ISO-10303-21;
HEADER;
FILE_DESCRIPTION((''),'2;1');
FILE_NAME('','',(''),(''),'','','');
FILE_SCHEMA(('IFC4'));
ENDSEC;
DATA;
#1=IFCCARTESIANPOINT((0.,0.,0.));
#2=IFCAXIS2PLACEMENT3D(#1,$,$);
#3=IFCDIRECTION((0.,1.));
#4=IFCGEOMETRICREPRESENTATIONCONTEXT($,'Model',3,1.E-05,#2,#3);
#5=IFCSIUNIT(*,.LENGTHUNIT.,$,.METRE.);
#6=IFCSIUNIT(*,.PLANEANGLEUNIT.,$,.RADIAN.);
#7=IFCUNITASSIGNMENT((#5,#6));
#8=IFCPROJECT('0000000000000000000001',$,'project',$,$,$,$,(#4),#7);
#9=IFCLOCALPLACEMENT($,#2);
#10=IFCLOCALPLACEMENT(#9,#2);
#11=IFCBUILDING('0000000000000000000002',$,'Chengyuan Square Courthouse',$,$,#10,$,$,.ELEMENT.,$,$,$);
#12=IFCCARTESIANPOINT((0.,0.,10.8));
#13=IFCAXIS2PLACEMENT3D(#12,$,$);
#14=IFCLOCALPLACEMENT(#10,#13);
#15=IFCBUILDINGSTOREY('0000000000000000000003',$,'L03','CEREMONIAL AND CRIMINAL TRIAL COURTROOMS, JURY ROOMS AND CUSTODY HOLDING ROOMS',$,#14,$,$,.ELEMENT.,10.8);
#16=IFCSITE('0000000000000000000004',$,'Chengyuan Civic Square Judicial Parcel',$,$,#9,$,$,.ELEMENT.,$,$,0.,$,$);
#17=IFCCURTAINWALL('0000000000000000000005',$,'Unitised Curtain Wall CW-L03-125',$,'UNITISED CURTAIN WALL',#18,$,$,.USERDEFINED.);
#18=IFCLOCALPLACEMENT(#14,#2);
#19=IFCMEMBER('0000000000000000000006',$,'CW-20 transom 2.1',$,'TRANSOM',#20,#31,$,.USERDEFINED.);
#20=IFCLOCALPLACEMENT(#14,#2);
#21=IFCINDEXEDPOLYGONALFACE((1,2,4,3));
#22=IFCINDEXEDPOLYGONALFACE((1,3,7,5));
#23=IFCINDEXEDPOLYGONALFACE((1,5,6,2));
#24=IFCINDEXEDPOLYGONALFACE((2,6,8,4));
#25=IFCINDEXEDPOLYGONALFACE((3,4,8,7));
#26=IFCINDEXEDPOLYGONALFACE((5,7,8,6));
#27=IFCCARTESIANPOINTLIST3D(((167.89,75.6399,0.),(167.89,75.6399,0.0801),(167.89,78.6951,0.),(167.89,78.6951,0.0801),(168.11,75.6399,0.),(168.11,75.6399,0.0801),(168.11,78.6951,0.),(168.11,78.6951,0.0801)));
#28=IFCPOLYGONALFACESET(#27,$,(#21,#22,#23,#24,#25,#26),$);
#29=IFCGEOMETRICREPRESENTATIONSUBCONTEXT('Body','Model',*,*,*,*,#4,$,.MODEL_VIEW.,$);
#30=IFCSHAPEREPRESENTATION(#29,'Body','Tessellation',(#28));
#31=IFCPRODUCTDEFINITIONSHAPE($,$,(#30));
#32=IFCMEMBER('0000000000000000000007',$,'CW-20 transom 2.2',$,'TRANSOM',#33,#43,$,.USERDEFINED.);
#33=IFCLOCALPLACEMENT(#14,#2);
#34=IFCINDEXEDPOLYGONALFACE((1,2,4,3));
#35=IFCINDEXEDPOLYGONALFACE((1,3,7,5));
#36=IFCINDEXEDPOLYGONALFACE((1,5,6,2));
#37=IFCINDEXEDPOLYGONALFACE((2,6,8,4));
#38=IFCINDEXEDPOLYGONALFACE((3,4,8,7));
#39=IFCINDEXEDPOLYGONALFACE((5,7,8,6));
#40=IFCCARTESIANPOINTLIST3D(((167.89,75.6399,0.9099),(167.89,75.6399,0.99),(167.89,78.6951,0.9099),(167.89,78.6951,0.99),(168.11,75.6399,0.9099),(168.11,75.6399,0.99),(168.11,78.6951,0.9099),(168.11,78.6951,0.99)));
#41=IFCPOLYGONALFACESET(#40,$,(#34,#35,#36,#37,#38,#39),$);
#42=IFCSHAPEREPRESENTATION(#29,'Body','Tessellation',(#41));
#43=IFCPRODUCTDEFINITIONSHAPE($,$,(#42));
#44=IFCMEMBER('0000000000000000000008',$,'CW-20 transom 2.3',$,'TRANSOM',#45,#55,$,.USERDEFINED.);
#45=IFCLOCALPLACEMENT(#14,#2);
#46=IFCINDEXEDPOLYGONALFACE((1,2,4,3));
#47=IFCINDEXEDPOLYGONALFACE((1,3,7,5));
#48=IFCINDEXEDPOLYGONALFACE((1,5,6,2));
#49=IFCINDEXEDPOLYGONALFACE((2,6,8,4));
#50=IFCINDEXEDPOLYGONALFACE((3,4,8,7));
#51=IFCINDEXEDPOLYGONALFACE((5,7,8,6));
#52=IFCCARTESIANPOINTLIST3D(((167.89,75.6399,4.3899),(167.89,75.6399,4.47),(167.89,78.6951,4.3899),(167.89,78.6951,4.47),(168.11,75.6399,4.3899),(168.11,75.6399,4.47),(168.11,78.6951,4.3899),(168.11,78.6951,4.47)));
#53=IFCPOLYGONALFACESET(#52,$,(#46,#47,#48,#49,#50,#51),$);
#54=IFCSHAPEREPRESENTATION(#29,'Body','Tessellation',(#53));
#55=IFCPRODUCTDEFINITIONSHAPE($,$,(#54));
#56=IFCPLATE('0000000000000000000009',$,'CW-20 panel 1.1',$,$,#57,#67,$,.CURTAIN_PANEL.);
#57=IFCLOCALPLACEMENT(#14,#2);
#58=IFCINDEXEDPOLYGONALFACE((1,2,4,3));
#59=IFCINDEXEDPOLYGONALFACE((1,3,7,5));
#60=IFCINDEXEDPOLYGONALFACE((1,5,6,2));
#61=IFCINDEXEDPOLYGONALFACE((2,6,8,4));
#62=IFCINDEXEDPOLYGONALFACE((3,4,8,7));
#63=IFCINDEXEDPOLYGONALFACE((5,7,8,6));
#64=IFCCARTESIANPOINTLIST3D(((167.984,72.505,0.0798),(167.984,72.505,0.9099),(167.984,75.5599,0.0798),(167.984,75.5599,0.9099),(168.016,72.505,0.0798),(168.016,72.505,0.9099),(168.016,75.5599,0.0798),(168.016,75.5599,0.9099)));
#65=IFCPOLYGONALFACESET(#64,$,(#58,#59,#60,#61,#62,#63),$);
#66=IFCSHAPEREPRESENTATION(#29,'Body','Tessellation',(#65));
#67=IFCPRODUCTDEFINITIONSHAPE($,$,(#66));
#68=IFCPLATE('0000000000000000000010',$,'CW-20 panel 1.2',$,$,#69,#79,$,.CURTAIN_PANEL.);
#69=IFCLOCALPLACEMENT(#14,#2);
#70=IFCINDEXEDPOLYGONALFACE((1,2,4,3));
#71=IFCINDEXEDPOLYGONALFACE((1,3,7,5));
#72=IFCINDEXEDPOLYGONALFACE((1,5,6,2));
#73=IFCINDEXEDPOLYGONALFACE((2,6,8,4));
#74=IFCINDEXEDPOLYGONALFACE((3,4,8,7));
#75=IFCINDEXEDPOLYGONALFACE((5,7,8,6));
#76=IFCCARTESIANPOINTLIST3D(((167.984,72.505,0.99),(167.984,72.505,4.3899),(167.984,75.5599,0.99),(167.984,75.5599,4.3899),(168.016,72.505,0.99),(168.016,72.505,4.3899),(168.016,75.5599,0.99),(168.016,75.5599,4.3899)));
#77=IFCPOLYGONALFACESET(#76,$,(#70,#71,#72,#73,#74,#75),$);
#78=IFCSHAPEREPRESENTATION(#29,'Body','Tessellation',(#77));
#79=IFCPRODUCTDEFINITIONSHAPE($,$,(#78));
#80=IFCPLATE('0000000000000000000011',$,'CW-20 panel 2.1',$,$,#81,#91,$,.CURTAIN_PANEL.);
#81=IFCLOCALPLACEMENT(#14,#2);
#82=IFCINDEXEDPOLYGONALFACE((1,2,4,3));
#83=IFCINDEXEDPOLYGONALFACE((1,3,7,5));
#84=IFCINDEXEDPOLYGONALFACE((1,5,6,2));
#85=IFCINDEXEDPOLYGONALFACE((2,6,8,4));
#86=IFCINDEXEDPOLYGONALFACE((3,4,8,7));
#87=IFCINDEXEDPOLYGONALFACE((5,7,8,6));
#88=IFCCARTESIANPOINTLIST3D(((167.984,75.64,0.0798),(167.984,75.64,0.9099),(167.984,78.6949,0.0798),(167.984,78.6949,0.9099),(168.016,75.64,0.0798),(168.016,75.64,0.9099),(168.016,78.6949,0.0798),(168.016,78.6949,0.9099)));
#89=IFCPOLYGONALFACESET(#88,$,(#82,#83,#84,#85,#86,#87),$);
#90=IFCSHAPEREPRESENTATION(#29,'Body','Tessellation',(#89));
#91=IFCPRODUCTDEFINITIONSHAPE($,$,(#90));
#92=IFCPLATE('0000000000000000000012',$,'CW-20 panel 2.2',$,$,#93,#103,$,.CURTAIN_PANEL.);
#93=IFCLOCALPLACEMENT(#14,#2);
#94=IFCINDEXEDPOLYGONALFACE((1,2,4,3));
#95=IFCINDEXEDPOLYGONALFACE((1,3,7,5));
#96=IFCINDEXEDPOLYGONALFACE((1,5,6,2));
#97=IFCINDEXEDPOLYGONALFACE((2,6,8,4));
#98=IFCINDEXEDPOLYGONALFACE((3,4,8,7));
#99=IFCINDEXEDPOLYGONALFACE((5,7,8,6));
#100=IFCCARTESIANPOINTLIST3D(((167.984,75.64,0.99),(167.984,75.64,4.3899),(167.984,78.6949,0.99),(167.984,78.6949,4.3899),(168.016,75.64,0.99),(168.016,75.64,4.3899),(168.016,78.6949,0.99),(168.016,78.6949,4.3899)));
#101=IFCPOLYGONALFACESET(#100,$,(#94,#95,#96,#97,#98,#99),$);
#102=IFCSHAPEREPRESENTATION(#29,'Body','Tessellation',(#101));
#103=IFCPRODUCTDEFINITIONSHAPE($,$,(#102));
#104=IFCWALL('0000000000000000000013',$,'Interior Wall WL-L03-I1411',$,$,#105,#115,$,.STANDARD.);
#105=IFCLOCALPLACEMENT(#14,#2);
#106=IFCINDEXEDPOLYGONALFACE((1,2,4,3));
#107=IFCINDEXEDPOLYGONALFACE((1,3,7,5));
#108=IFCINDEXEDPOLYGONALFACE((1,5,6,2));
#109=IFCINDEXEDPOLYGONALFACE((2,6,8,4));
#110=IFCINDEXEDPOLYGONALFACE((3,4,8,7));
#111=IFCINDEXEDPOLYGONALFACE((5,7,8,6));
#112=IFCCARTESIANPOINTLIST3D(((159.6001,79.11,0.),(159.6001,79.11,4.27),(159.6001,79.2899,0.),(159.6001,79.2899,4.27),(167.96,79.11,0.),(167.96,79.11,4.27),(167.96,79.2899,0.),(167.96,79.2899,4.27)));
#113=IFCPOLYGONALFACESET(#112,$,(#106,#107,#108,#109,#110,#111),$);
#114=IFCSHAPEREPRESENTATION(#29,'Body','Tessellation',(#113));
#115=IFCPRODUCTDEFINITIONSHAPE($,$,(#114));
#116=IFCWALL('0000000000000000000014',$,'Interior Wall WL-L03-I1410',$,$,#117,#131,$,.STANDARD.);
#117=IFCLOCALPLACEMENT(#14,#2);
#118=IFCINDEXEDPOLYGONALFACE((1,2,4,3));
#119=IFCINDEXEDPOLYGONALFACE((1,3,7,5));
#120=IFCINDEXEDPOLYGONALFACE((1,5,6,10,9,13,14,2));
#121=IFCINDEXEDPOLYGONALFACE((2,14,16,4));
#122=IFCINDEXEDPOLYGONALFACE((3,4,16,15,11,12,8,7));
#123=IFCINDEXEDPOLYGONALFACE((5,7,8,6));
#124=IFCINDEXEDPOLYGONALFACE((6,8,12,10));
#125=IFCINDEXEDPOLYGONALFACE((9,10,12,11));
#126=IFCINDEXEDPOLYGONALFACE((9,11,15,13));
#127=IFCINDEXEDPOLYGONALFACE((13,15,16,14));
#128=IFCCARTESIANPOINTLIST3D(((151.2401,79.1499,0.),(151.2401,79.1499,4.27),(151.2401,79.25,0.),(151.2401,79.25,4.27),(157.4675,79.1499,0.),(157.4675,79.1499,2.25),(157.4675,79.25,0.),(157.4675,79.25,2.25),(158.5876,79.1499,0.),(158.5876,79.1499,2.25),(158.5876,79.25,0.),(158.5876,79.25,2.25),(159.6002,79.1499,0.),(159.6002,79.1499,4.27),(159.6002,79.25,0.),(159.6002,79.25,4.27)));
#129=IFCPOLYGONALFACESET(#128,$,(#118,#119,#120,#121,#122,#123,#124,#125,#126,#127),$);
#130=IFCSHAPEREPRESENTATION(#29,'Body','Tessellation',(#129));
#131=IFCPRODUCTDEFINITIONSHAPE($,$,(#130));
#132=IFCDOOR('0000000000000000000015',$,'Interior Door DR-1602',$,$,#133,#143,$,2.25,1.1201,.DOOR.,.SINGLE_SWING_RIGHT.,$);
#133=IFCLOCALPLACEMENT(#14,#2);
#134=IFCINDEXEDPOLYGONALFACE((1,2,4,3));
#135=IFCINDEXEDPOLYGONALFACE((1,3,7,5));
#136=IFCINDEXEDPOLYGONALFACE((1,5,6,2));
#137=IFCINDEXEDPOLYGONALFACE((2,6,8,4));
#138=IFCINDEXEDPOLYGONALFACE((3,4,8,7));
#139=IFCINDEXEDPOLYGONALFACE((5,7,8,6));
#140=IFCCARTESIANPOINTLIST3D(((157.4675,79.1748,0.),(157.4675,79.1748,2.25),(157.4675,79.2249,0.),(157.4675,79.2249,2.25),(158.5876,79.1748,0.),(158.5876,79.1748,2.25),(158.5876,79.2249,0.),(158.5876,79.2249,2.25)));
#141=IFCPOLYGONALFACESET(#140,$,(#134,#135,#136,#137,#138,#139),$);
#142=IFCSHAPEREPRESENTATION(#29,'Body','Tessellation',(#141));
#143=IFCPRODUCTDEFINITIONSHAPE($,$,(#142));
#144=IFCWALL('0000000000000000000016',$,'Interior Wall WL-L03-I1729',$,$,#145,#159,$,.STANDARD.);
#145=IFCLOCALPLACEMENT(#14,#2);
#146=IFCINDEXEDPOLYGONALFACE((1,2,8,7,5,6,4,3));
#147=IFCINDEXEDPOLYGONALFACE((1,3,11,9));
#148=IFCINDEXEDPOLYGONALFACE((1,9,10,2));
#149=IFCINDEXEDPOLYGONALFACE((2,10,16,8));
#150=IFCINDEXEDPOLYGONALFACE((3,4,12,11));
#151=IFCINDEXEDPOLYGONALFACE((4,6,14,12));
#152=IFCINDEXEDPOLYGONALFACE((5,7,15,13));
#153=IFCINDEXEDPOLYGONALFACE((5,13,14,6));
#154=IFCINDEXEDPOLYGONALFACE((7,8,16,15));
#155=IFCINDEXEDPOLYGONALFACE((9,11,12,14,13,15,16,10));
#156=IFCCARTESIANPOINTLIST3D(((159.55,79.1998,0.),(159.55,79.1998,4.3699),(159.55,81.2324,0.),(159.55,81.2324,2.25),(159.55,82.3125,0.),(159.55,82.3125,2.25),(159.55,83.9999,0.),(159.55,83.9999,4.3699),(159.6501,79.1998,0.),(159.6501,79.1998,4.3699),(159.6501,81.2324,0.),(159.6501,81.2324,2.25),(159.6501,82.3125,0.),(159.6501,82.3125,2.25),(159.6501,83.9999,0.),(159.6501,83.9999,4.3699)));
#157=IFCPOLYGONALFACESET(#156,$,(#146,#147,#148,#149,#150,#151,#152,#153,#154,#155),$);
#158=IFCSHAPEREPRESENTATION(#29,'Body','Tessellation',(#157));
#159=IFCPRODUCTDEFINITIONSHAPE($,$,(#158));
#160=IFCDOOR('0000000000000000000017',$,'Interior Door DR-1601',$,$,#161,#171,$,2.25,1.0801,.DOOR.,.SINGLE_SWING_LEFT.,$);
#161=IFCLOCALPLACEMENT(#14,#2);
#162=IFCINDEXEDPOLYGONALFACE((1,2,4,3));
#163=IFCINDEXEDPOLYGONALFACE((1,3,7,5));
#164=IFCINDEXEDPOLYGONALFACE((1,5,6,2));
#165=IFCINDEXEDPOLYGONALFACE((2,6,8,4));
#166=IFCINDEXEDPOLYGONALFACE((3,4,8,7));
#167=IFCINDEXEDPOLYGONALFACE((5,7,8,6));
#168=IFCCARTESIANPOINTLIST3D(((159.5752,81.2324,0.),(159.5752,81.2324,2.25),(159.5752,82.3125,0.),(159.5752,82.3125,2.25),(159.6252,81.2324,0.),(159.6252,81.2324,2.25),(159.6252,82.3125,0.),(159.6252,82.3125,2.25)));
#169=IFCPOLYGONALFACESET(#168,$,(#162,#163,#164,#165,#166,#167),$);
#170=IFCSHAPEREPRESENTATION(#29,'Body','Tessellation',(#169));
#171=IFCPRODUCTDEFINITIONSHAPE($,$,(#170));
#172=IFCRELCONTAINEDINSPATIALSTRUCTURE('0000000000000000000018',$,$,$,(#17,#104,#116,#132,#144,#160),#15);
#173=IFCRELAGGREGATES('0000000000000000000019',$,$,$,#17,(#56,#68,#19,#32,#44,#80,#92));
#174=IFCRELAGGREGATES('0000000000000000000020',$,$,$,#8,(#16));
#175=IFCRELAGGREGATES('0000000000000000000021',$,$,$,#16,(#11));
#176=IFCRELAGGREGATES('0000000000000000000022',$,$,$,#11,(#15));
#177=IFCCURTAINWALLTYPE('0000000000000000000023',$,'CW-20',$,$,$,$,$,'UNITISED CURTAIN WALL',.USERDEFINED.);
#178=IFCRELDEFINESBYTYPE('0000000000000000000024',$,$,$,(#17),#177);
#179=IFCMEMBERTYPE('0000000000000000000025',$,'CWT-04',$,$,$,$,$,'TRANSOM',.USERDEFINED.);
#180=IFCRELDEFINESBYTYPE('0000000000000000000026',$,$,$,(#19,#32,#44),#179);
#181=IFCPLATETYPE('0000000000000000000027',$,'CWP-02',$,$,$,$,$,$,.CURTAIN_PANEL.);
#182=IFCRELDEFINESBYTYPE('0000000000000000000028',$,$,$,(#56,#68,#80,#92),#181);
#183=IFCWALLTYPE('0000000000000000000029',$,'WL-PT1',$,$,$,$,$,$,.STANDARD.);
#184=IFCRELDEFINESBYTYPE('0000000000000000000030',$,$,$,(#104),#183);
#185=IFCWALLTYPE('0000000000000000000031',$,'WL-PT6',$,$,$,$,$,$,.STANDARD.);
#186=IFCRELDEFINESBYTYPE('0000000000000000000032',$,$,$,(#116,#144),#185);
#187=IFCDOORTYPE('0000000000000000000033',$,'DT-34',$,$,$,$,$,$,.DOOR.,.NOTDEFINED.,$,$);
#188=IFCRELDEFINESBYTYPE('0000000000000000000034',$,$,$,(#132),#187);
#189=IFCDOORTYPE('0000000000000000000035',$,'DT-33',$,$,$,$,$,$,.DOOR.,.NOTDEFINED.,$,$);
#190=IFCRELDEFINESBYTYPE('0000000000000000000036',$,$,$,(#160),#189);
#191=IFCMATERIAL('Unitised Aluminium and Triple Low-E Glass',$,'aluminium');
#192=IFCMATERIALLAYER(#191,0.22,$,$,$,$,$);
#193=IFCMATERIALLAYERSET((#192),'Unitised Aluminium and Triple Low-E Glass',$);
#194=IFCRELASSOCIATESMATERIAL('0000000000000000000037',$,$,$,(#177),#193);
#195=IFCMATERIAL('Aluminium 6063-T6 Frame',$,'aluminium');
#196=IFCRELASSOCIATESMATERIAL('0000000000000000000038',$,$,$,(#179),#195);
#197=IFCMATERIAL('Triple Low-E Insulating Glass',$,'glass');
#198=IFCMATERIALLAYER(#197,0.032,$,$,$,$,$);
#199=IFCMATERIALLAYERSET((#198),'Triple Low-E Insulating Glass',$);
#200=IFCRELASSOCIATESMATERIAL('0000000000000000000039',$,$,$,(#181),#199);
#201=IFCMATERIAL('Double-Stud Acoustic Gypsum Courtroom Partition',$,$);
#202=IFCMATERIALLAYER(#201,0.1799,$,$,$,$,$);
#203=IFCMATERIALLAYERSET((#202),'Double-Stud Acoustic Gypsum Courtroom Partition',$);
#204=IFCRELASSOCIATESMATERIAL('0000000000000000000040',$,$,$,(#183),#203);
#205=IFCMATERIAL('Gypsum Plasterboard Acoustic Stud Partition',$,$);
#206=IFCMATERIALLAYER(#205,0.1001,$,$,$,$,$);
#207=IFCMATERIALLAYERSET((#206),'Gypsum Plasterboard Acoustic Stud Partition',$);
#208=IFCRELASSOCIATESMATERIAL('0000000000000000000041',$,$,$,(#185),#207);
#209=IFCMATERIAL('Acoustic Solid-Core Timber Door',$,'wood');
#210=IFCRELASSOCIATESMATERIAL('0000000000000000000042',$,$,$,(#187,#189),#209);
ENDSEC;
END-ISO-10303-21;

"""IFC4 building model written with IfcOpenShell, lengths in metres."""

from ifc_helpers import new_model, si_unit, direction, frame, frame_2d, origin, origin_2d, place, context, subcontext, project, spatial, rectangle, extrude, material, layer, layer_set, material_profile, profile_set, type_object, element, fill, aggregate, save


model = new_model("IFC4")

# Units and contexts
model_context = context("Model", 3, precision=1e-05, world=origin(), true_north=direction((0.0, 1.0)))
body_context = subcontext(model_context, "Body", "Model", "MODEL_VIEW")
ifc_project = project(units=[si_unit("LENGTHUNIT", "METRE"), si_unit("PLANEANGLEUNIT", "RADIAN")], contexts=[model_context])

# Site, building, storey
site_placement = place(None, origin())
site = spatial("IfcSite", under=ifc_project, at=site_placement, Name="Chengyuan Civic Square Judicial Parcel", CompositionType="ELEMENT", RefElevation=0.0)
building_placement = place(site_placement, origin())
building = spatial("IfcBuilding", under=site, at=building_placement, Name="Chengyuan Square Courthouse", CompositionType="ELEMENT")
storey_placement = place(building_placement, frame((0.0, 0.0, 10.8)))
storey = spatial("IfcBuildingStorey", under=building, at=storey_placement, Name="L03", Description="CEREMONIAL AND CRIMINAL TRIAL COURTROOMS, JURY ROOMS AND CUSTODY HOLDING ROOMS", CompositionType="ELEMENT", Elevation=10.8)

# Curtain wall, members, plates
ifc_material_1 = material(Name="Unitised Aluminium and Triple Low-E Glass", Category="aluminium")
ifc_layer_1 = layer(ifc_material_1, 0.22)
ifc_layer_set_1 = layer_set([ifc_layer_1], Name="Unitised Aluminium and Triple Low-E Glass")
curtain_wall_type = type_object("IfcCurtainWallType", Name="CW-20", ElementType="UNITISED CURTAIN WALL", PredefinedType="USERDEFINED", material=ifc_layer_set_1)
curtain_wall_placement = place(storey_placement, origin())
curtain_wall = element("IfcCurtainWall", 1, at=curtain_wall_placement, inside=storey, type_object=curtain_wall_type, Name="Unitised Curtain Wall CW-L03-125", ObjectType="UNITISED CURTAIN WALL", PredefinedType="USERDEFINED")
ifc_material_2 = material(Name="Aluminium 6063-T6 Frame", Category="aluminium")
ifc_material_profile_1 = material_profile(ifc_material_2, rectangle(XDim=0.22, YDim=0.0801, at=origin_2d()), Name="CW-TRN-80x180")
ifc_profile_set_1 = profile_set([ifc_material_profile_1], Name="Aluminium 6063-T6 Frame")
member_type_1 = type_object("IfcMemberType", Name="CWT-04", ElementType="TRANSOM", PredefinedType="USERDEFINED", material=ifc_profile_set_1)
member_1_placement = place(storey_placement, frame((168.0, 75.6399, 0.04), z_axis=(0.0, 1.0, 0.0), x_axis=(-1.0, 0.0, 0.0)))
member_1 = element("IfcMember", 2, at=member_1_placement, type_object=member_type_1, Name="CW-20 transom 2.1", ObjectType="TRANSOM", PredefinedType="USERDEFINED", context=body_context, shape_type="SweptSolid", body=[
    extrude(rectangle(XDim=0.22, YDim=0.0801, at=origin_2d()), origin(), (0.0, 0.0, 1.0), 3.0552),
])
member_2_placement = place(storey_placement, frame((168.0, 75.6399, 0.95), z_axis=(0.0, 1.0, 0.0), x_axis=(-1.0, 0.0, 0.0)))
member_2 = element("IfcMember", 3, at=member_2_placement, type_object=member_type_1, Name="CW-20 transom 2.2", ObjectType="TRANSOM", PredefinedType="USERDEFINED", context=body_context, shape_type="SweptSolid", body=[
    extrude(rectangle(XDim=0.22, YDim=0.0801, at=origin_2d()), origin(), (0.0, 0.0, 1.0), 3.0552),
])
member_3_placement = place(storey_placement, frame((168.0, 75.6399, 4.4299), z_axis=(0.0, 1.0, 0.0), x_axis=(-1.0, 0.0, 0.0)))
member_3 = element("IfcMember", 4, at=member_3_placement, type_object=member_type_1, Name="CW-20 transom 2.3", ObjectType="TRANSOM", PredefinedType="USERDEFINED", context=body_context, shape_type="SweptSolid", body=[
    extrude(rectangle(XDim=0.22, YDim=0.0801, at=origin_2d()), origin(), (0.0, 0.0, 1.0), 3.0552),
])
ifc_material_3 = material(Name="Triple Low-E Insulating Glass", Category="glass")
ifc_layer_2 = layer(ifc_material_3, 0.032)
ifc_layer_set_2 = layer_set([ifc_layer_2], Name="Triple Low-E Insulating Glass")
plate_type = type_object("IfcPlateType", Name="CWP-02", PredefinedType="CURTAIN_PANEL", material=ifc_layer_set_2)
plate_1_placement = place(storey_placement, frame((168.0, 74.0325, 0.0798), z_axis=(0.0, 0.0, 1.0), x_axis=(0.0, 1.0, 0.0)))
plate_1 = element("IfcPlate", 5, at=plate_1_placement, type_object=plate_type, Name="CW-20 panel 1.1", PredefinedType="CURTAIN_PANEL", context=body_context, shape_type="SweptSolid", body=[
    extrude(rectangle(XDim=3.0549, YDim=0.032, at=origin_2d()), origin(), (0.0, 0.0, 1.0), 0.8301),
])
plate_2_placement = place(storey_placement, frame((168.0, 74.0325, 0.99), z_axis=(0.0, 0.0, 1.0), x_axis=(0.0, 1.0, 0.0)))
plate_2 = element("IfcPlate", 6, at=plate_2_placement, type_object=plate_type, Name="CW-20 panel 1.2", PredefinedType="CURTAIN_PANEL", context=body_context, shape_type="SweptSolid", body=[
    extrude(rectangle(XDim=3.0549, YDim=0.032, at=origin_2d()), origin(), (0.0, 0.0, 1.0), 3.3999),
])
plate_3_placement = place(storey_placement, frame((168.0, 77.1675, 0.0798), z_axis=(0.0, 0.0, 1.0), x_axis=(0.0, 1.0, 0.0)))
plate_3 = element("IfcPlate", 7, at=plate_3_placement, type_object=plate_type, Name="CW-20 panel 2.1", PredefinedType="CURTAIN_PANEL", context=body_context, shape_type="SweptSolid", body=[
    extrude(rectangle(XDim=3.0549, YDim=0.032, at=origin_2d()), origin(), (0.0, 0.0, 1.0), 0.8301),
])
plate_4_placement = place(storey_placement, frame((168.0, 77.1675, 0.99), z_axis=(0.0, 0.0, 1.0), x_axis=(0.0, 1.0, 0.0)))
plate_4 = element("IfcPlate", 8, at=plate_4_placement, type_object=plate_type, Name="CW-20 panel 2.2", PredefinedType="CURTAIN_PANEL", context=body_context, shape_type="SweptSolid", body=[
    extrude(rectangle(XDim=3.0549, YDim=0.032, at=origin_2d()), origin(), (0.0, 0.0, 1.0), 3.3999),
])
aggregate(curtain_wall, [plate_1, plate_2, member_1, member_2, member_3, plate_3, plate_4])

# Wall
ifc_material_4 = material(Name="Double-Stud Acoustic Gypsum Courtroom Partition")
ifc_layer_3 = layer(ifc_material_4, 0.1799)
ifc_layer_set_3 = layer_set([ifc_layer_3], Name="Double-Stud Acoustic Gypsum Courtroom Partition")
wall_type_1 = type_object("IfcWallType", Name="WL-PT1", PredefinedType="STANDARD", material=ifc_layer_set_3)
wall_1_placement = place(storey_placement, frame((159.6001, 79.2, 0.0), z_axis=(0.0, 0.0, 1.0), x_axis=(1.0, 0.0, 0.0)))
element("IfcWall", 9, at=wall_1_placement, inside=storey, type_object=wall_type_1, Name="Interior Wall WL-L03-I1411", PredefinedType="STANDARD", context=body_context, shape_type="SweptSolid", body=[
    extrude(rectangle(XDim=8.3599, YDim=0.1799, at=frame_2d((4.1799, 0.0))), origin(), (0.0, 0.0, 1.0), 4.27),
])

# Walls, openings, doors
ifc_material_5 = material(Name="Gypsum Plasterboard Acoustic Stud Partition")
ifc_layer_4 = layer(ifc_material_5, 0.1001)
ifc_layer_set_4 = layer_set([ifc_layer_4], Name="Gypsum Plasterboard Acoustic Stud Partition")
wall_type_2 = type_object("IfcWallType", Name="WL-PT6", PredefinedType="STANDARD", material=ifc_layer_set_4)
wall_2_placement = place(storey_placement, frame((151.24, 79.2, 0.0), z_axis=(0.0, 0.0, 1.0), x_axis=(1.0, 0.0, 0.0)))
wall_2 = element("IfcWall", 10, at=wall_2_placement, inside=storey, type_object=wall_type_2, Name="Interior Wall WL-L03-I1410", PredefinedType="STANDARD", context=body_context, shape_type="SweptSolid", body=[
    extrude(rectangle(XDim=8.3601, YDim=0.1001, at=frame_2d((4.1802, 0.0))), origin(), (0.0, 0.0, 1.0), 4.27),
])
opening_1_placement = place(wall_2_placement, frame((6.2275, 0.0, 0.0)))
opening_1 = element("IfcOpeningElement", 11, at=opening_1_placement, cuts=wall_2, PredefinedType="OPENING", context=body_context, shape_type="SweptSolid", body=[
    extrude(rectangle(XDim=1.1201, YDim=2.25, at=frame_2d((0.5601, 1.125))), frame((0.0, 0.062, 0.0), z_axis=(0.0, -1.0, 0.0), x_axis=(1.0, 0.0, 0.0)), (0.0, 0.0, 1.0), 0.124),
])
ifc_material_6 = material(Name="Acoustic Solid-Core Timber Door", Category="wood")
door_type_1 = type_object("IfcDoorType", Name="DT-34", OperationType="NOTDEFINED", PredefinedType="DOOR", material=ifc_material_6)
door_1_placement = place(opening_1_placement, origin())
door_1 = element("IfcDoor", 12, at=door_1_placement, inside=storey, type_object=door_type_1, Name="Interior Door DR-1602", OperationType="SINGLE_SWING_RIGHT", OverallHeight=2.25, OverallWidth=1.1201, PredefinedType="DOOR", context=body_context, shape_type="SweptSolid", body=[
    extrude(rectangle(XDim=1.1201, YDim=2.25, at=frame_2d((0.5601, 1.125))), frame((0.0, 0.0249, 0.0), z_axis=(0.0, -1.0, 0.0), x_axis=(1.0, 0.0, 0.0)), (0.0, 0.0, 1.0), 0.05),
])
fill(opening_1, door_1)
wall_3_placement = place(storey_placement, frame((159.6001, 79.2, 0.0), z_axis=(0.0, 0.0, 1.0), x_axis=(0.0, 1.0, 0.0)))
wall_3 = element("IfcWall", 13, at=wall_3_placement, inside=storey, type_object=wall_type_2, Name="Interior Wall WL-L03-I1729", PredefinedType="STANDARD", context=body_context, shape_type="SweptSolid", body=[
    extrude(rectangle(XDim=4.8, YDim=0.1001, at=frame_2d((2.3999, 0.0))), origin(), (0.0, 0.0, 1.0), 4.3699),
])
opening_2_placement = place(wall_3_placement, frame((2.0325, 0.0, 0.0)))
opening_2 = element("IfcOpeningElement", 14, at=opening_2_placement, cuts=wall_3, PredefinedType="OPENING", context=body_context, shape_type="SweptSolid", body=[
    extrude(rectangle(XDim=1.0801, YDim=2.25, at=frame_2d((0.54, 1.125))), frame((0.0, 0.062, 0.0), z_axis=(0.0, -1.0, 0.0), x_axis=(1.0, 0.0, 0.0)), (0.0, 0.0, 1.0), 0.124),
])
door_type_2 = type_object("IfcDoorType", Name="DT-33", OperationType="NOTDEFINED", PredefinedType="DOOR", material=ifc_material_6)
door_2_placement = place(opening_2_placement, origin())
door_2 = element("IfcDoor", 15, at=door_2_placement, inside=storey, type_object=door_type_2, Name="Interior Door DR-1601", OperationType="SINGLE_SWING_LEFT", OverallHeight=2.25, OverallWidth=1.0801, PredefinedType="DOOR", context=body_context, shape_type="SweptSolid", body=[
    extrude(rectangle(XDim=1.0801, YDim=2.25, at=frame_2d((0.54, 1.125))), frame((0.0, 0.0249, 0.0), z_axis=(0.0, -1.0, 0.0), x_axis=(1.0, 0.0, 0.0)), (0.0, 0.0, 1.0), 0.05),
])
fill(opening_2, door_2)

save(model, "model.ifc")
